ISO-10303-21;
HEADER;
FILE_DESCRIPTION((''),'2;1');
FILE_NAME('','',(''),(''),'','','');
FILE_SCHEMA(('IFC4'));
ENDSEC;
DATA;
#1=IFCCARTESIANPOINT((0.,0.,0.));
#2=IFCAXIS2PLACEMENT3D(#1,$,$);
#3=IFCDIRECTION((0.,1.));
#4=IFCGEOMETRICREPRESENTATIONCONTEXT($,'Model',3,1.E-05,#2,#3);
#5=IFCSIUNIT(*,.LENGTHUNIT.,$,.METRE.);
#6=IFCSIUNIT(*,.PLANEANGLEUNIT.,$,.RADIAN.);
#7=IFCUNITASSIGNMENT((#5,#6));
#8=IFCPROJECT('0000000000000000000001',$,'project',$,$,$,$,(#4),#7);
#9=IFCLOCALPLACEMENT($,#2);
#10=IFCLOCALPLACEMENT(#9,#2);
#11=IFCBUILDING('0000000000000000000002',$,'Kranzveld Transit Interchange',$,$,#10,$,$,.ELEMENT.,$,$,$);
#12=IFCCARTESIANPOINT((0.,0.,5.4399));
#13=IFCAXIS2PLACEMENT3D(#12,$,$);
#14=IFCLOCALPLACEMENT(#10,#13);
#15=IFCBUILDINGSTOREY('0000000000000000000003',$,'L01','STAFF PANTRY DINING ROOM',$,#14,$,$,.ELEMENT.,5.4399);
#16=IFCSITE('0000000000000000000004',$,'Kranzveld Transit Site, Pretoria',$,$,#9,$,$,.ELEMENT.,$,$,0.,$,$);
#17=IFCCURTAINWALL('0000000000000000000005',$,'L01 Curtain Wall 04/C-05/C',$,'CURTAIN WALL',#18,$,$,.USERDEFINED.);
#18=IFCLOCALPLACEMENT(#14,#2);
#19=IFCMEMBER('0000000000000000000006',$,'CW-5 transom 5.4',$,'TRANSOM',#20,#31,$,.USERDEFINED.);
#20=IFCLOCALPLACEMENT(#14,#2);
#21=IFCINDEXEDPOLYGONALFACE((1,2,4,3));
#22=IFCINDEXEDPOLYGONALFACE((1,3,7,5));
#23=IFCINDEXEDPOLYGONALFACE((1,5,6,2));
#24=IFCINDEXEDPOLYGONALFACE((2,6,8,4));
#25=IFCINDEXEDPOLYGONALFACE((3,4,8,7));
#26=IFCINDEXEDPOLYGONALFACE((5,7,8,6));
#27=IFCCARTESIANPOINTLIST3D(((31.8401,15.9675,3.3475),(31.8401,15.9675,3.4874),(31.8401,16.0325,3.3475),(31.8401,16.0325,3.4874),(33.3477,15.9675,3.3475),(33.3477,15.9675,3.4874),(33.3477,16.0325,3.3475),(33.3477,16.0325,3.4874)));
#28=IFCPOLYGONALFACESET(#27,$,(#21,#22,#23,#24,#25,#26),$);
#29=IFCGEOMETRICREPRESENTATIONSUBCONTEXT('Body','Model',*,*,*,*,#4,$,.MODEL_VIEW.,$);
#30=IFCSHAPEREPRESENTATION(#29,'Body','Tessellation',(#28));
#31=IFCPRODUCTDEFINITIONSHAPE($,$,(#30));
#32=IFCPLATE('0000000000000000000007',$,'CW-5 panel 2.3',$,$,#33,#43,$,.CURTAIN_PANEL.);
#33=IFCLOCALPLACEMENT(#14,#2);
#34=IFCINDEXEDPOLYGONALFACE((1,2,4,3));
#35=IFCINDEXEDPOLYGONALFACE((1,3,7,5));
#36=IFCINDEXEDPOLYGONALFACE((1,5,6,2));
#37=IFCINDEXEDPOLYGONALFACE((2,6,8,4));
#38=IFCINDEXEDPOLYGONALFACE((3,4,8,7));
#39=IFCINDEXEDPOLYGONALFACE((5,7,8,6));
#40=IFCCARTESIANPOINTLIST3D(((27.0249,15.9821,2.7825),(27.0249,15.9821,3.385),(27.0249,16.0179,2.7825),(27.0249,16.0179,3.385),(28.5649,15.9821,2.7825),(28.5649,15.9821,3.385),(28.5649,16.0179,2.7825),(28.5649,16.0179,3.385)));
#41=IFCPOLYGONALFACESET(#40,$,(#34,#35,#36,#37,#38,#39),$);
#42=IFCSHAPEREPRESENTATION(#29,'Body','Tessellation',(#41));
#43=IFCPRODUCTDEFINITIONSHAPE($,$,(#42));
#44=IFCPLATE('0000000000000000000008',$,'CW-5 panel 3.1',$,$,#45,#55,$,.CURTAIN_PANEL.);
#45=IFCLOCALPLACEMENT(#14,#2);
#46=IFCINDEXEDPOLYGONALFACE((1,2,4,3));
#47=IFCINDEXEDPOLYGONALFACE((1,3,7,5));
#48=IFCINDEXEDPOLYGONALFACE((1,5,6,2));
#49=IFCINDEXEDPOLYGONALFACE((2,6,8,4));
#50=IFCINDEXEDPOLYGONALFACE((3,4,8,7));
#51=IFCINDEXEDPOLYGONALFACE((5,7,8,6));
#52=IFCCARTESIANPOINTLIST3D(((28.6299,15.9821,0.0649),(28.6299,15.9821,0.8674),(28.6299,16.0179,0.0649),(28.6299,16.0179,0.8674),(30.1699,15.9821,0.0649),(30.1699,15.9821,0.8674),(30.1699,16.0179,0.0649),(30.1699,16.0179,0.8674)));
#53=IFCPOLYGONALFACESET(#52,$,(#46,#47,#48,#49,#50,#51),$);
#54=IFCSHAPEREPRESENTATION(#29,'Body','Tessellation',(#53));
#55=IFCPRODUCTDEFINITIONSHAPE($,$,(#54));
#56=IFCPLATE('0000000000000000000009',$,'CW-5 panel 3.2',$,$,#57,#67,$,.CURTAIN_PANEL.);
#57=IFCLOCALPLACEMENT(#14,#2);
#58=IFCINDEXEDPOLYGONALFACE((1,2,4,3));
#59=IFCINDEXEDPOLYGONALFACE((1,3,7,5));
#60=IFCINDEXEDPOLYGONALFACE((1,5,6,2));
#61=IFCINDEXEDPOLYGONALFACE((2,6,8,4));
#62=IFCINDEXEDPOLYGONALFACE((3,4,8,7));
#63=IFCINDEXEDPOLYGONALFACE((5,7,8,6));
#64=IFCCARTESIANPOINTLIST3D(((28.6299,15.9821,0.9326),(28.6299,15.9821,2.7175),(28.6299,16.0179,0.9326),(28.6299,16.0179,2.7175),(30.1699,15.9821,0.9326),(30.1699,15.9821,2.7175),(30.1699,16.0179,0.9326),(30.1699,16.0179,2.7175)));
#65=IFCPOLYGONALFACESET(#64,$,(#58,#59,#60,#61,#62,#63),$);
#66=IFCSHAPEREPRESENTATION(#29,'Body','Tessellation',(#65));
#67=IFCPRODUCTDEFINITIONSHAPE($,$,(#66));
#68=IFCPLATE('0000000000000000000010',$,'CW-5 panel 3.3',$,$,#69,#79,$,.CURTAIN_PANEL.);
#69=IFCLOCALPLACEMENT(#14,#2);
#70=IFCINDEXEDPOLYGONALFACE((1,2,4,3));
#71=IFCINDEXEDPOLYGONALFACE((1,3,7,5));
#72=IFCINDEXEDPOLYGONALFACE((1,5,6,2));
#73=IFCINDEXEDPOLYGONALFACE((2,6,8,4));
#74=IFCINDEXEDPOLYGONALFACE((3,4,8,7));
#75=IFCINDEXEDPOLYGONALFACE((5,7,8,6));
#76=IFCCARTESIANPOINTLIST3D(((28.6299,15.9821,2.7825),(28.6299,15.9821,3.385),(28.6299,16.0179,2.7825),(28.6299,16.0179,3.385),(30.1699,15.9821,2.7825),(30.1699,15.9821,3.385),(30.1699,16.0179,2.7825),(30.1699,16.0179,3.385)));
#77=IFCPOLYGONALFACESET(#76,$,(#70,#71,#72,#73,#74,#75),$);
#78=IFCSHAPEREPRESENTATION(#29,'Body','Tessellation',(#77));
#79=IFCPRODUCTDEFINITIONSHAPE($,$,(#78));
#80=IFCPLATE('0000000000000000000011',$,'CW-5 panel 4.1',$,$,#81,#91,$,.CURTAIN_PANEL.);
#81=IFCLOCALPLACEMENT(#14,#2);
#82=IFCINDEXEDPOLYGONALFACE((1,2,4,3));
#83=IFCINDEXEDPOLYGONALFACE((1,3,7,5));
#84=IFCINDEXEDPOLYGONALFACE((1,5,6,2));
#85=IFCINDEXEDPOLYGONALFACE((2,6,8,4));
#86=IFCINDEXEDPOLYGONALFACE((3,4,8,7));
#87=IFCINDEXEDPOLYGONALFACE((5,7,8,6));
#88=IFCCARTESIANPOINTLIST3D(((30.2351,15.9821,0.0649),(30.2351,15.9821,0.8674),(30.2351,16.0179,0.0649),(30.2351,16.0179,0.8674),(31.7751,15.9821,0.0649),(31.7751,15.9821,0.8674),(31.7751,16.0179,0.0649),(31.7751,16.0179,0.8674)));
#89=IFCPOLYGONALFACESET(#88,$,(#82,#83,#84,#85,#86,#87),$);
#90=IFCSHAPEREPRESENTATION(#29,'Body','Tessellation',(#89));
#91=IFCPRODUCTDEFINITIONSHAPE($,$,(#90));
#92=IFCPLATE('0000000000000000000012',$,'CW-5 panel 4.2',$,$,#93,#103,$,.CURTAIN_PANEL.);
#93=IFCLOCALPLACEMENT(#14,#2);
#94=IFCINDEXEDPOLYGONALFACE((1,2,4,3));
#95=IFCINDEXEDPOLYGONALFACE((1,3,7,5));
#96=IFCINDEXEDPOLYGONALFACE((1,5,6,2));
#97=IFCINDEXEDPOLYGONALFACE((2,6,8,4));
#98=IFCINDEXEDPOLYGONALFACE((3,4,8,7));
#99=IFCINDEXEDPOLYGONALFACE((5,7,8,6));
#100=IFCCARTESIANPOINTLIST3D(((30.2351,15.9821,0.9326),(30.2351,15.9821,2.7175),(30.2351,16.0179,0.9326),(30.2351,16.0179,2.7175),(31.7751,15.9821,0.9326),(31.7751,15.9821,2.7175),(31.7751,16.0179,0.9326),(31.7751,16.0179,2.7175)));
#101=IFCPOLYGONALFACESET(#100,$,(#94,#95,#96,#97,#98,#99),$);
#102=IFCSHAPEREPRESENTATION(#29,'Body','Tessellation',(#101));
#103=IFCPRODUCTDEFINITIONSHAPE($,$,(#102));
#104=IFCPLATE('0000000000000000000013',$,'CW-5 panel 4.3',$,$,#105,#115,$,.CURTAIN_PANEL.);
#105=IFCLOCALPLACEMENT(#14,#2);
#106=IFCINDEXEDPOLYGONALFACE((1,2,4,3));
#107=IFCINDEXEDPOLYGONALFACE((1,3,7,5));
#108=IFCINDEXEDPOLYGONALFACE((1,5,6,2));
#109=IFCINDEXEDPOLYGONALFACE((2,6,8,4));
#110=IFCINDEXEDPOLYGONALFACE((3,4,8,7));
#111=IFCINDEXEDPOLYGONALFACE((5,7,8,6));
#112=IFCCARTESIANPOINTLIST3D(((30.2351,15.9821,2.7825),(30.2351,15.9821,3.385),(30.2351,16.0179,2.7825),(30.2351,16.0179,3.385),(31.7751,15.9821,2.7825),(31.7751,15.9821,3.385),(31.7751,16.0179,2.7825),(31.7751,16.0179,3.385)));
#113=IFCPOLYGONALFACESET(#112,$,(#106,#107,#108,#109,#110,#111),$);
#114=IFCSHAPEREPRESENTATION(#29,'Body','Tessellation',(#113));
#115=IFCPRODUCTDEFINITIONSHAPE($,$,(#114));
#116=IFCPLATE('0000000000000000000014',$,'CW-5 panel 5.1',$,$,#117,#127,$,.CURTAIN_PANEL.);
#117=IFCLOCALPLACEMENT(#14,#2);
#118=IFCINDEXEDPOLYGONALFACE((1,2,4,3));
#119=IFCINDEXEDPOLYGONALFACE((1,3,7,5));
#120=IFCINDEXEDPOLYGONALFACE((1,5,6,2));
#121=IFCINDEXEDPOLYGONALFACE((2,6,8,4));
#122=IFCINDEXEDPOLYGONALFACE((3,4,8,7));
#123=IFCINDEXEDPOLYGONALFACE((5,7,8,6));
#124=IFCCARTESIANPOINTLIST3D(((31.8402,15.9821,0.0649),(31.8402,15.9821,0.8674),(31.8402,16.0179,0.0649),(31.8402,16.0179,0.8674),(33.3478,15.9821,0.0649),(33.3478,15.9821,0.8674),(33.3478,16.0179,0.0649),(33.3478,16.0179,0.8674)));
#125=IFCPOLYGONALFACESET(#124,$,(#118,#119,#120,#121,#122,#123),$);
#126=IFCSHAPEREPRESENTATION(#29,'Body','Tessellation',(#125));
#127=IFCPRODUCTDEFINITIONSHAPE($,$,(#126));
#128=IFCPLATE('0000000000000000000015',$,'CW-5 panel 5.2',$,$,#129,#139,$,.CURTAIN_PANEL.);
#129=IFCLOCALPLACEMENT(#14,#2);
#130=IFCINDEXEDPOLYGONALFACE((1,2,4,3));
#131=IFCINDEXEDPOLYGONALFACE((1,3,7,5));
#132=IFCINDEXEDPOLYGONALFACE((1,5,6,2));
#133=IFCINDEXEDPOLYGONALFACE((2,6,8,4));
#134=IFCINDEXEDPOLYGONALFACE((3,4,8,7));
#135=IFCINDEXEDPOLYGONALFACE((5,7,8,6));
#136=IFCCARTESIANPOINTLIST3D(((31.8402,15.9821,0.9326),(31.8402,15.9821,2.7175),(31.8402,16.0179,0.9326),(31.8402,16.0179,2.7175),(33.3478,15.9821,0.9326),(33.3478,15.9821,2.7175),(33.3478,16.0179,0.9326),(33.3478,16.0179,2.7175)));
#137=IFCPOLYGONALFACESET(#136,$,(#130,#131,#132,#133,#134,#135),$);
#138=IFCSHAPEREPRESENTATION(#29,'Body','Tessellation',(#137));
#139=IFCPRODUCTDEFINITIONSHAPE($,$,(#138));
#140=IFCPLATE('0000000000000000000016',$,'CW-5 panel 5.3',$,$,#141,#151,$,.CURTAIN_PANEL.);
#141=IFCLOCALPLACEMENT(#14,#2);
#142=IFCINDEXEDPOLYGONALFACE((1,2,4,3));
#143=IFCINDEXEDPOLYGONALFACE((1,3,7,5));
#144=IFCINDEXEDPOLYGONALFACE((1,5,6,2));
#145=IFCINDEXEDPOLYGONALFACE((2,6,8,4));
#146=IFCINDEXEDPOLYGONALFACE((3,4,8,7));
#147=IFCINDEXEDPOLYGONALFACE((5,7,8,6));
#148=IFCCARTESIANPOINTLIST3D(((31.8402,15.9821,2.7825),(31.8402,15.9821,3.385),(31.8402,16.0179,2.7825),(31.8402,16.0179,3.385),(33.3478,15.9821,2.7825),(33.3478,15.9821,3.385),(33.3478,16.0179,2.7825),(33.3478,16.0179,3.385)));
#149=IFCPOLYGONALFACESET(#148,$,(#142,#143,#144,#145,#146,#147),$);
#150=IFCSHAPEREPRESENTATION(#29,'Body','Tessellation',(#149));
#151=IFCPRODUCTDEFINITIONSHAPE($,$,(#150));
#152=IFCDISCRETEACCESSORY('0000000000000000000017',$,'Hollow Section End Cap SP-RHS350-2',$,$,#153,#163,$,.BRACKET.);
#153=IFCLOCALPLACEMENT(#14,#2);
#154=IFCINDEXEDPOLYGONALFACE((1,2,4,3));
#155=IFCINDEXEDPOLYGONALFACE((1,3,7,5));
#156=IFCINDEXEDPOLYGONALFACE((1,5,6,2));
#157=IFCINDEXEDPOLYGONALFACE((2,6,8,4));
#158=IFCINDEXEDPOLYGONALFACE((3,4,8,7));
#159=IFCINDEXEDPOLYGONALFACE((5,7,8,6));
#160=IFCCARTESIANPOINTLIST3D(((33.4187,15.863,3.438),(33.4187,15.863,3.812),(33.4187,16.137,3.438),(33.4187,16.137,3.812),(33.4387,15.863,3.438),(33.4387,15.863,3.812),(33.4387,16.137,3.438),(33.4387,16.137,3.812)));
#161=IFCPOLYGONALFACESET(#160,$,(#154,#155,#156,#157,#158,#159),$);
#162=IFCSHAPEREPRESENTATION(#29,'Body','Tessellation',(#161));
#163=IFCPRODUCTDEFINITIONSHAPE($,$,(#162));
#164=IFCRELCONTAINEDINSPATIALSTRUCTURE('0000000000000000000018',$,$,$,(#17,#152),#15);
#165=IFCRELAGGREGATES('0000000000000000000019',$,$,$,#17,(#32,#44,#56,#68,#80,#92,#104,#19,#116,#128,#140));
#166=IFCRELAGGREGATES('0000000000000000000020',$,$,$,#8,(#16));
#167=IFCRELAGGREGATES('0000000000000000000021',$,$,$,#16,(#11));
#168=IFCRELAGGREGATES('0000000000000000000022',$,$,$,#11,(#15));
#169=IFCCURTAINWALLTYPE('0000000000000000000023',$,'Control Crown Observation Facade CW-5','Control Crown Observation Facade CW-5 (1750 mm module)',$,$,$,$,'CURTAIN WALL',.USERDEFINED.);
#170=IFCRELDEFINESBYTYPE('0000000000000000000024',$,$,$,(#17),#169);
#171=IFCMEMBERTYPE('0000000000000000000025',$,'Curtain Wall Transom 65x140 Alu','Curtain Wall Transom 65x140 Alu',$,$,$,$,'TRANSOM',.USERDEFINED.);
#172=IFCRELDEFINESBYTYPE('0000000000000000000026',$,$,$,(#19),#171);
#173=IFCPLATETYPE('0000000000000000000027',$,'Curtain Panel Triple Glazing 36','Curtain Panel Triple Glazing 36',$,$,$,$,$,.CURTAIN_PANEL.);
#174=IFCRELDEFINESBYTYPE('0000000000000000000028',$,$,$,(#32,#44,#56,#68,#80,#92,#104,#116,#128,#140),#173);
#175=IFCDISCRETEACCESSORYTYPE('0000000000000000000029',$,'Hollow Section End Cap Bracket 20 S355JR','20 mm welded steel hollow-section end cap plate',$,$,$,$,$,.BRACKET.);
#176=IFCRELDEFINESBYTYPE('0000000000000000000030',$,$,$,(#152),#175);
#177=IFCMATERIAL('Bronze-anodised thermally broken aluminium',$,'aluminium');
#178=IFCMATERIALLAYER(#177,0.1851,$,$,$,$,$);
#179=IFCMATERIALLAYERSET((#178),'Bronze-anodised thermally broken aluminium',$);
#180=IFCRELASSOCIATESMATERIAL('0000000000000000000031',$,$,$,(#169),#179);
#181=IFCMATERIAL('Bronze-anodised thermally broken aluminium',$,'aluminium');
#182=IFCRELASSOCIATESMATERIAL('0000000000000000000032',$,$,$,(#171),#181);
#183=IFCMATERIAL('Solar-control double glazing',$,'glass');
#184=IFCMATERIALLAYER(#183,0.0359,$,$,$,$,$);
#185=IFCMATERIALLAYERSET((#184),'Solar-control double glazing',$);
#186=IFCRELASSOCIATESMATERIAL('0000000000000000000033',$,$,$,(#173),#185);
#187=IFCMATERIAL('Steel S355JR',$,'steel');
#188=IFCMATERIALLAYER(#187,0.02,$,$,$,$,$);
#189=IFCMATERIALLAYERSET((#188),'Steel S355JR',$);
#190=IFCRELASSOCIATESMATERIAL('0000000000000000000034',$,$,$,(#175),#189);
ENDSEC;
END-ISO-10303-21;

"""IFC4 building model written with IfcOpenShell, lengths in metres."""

from ifc_helpers import new_model, si_unit, direction, frame, origin, origin_2d, place, context, subcontext, project, spatial, rectangle, extrude, material, layer, layer_set, material_profile, profile_set, type_object, element, aggregate, save


model = new_model("IFC4")

# Units and contexts
model_context = context("Model", 3, precision=1e-05, world=origin(), true_north=direction((0.0, 1.0)))
body_context = subcontext(model_context, "Body", "Model", "MODEL_VIEW")
ifc_project = project(units=[si_unit("LENGTHUNIT", "METRE"), si_unit("PLANEANGLEUNIT", "RADIAN")], contexts=[model_context])

# Site, building, storey
site_placement = place(None, origin())
site = spatial("IfcSite", under=ifc_project, at=site_placement, Name="Kranzveld Transit Site, Pretoria", CompositionType="ELEMENT", RefElevation=0.0)
building_placement = place(site_placement, origin())
building = spatial("IfcBuilding", under=site, at=building_placement, Name="Kranzveld Transit Interchange", CompositionType="ELEMENT")
storey_placement = place(building_placement, frame((0.0, 0.0, 5.4399)))
storey = spatial("IfcBuildingStorey", under=building, at=storey_placement, Name="L01", Description="STAFF PANTRY DINING ROOM", CompositionType="ELEMENT", Elevation=5.4399)

# Curtain wall, member, plates
ifc_material_1 = material(Name="Bronze-anodised thermally broken aluminium", Category="aluminium")
ifc_layer_1 = layer(ifc_material_1, 0.1851)
ifc_layer_set_1 = layer_set([ifc_layer_1], Name="Bronze-anodised thermally broken aluminium")
curtain_wall_type = type_object("IfcCurtainWallType", Name="Control Crown Observation Facade CW-5", Description="Control Crown Observation Facade CW-5 (1750 mm module)", ElementType="CURTAIN WALL", PredefinedType="USERDEFINED", material=ifc_layer_set_1)
curtain_wall_placement = place(storey_placement, origin())
curtain_wall = element("IfcCurtainWall", 1, at=curtain_wall_placement, inside=storey, type_object=curtain_wall_type, Name="L01 Curtain Wall 04/C-05/C", ObjectType="CURTAIN WALL", PredefinedType="USERDEFINED")
ifc_material_2 = material(Name="Bronze-anodised thermally broken aluminium", Category="aluminium")
ifc_material_profile_1 = material_profile(ifc_material_2, rectangle(XDim=0.0649, YDim=0.1399, at=origin_2d()), Name="ALU TRANSOM 65x140")
ifc_profile_set_1 = profile_set([ifc_material_profile_1], Name="Bronze-anodised thermally broken aluminium")
member_type_1 = type_object("IfcMemberType", Name="Curtain Wall Transom 65x140 Alu", Description="Curtain Wall Transom 65x140 Alu", ElementType="TRANSOM", PredefinedType="USERDEFINED", material=ifc_profile_set_1)
member_1_placement = place(storey_placement, frame((31.8401, 16.0, 3.4175), z_axis=(1.0, 0.0, 0.0), x_axis=(0.0, 1.0, 0.0)))
member_1 = element("IfcMember", 2, at=member_1_placement, type_object=member_type_1, Name="CW-5 transom 5.4", ObjectType="TRANSOM", PredefinedType="USERDEFINED", context=body_context, shape_type="SweptSolid", body=[
    extrude(rectangle(XDim=0.0649, YDim=0.1399, at=origin_2d()), origin(), (0.0, 0.0, 1.0), 1.5076),
])
ifc_material_3 = material(Name="Solar-control double glazing", Category="glass")
ifc_layer_2 = layer(ifc_material_3, 0.0359)
ifc_layer_set_2 = layer_set([ifc_layer_2], Name="Solar-control double glazing")
plate_type = type_object("IfcPlateType", Name="Curtain Panel Triple Glazing 36", Description="Curtain Panel Triple Glazing 36", PredefinedType="CURTAIN_PANEL", material=ifc_layer_set_2)
plate_1_placement = place(storey_placement, frame((27.7949, 16.0, 2.7825), z_axis=(0.0, 0.0, 1.0), x_axis=(1.0, 0.0, 0.0)))
plate_1 = element("IfcPlate", 3, at=plate_1_placement, type_object=plate_type, Name="CW-5 panel 2.3", PredefinedType="CURTAIN_PANEL", context=body_context, shape_type="SweptSolid", body=[
    extrude(rectangle(XDim=1.54, YDim=0.0359, at=origin_2d()), origin(), (0.0, 0.0, 1.0), 0.6025),
])
plate_2_placement = place(storey_placement, frame((29.3999, 16.0, 0.0649), z_axis=(0.0, 0.0, 1.0), x_axis=(1.0, 0.0, 0.0)))
plate_2 = element("IfcPlate", 4, at=plate_2_placement, type_object=plate_type, Name="CW-5 panel 3.1", PredefinedType="CURTAIN_PANEL", context=body_context, shape_type="SweptSolid", body=[
    extrude(rectangle(XDim=1.54, YDim=0.0359, at=origin_2d()), origin(), (0.0, 0.0, 1.0), 0.8025),
])
plate_3_placement = place(storey_placement, frame((29.3999, 16.0, 0.9326), z_axis=(0.0, 0.0, 1.0), x_axis=(1.0, 0.0, 0.0)))
plate_3 = element("IfcPlate", 5, at=plate_3_placement, type_object=plate_type, Name="CW-5 panel 3.2", PredefinedType="CURTAIN_PANEL", context=body_context, shape_type="SweptSolid", body=[
    extrude(rectangle(XDim=1.54, YDim=0.0359, at=origin_2d()), origin(), (0.0, 0.0, 1.0), 1.7849),
])
plate_4_placement = place(storey_placement, frame((29.3999, 16.0, 2.7825), z_axis=(0.0, 0.0, 1.0), x_axis=(1.0, 0.0, 0.0)))
plate_4 = element("IfcPlate", 6, at=plate_4_placement, type_object=plate_type, Name="CW-5 panel 3.3", PredefinedType="CURTAIN_PANEL", context=body_context, shape_type="SweptSolid", body=[
    extrude(rectangle(XDim=1.54, YDim=0.0359, at=origin_2d()), origin(), (0.0, 0.0, 1.0), 0.6025),
])
plate_5_placement = place(storey_placement, frame((31.0051, 16.0, 0.0649), z_axis=(0.0, 0.0, 1.0), x_axis=(1.0, 0.0, 0.0)))
plate_5 = element("IfcPlate", 7, at=plate_5_placement, type_object=plate_type, Name="CW-5 panel 4.1", PredefinedType="CURTAIN_PANEL", context=body_context, shape_type="SweptSolid", body=[
    extrude(rectangle(XDim=1.54, YDim=0.0359, at=origin_2d()), origin(), (0.0, 0.0, 1.0), 0.8025),
])
plate_6_placement = place(storey_placement, frame((31.0051, 16.0, 0.9326), z_axis=(0.0, 0.0, 1.0), x_axis=(1.0, 0.0, 0.0)))
plate_6 = element("IfcPlate", 8, at=plate_6_placement, type_object=plate_type, Name="CW-5 panel 4.2", PredefinedType="CURTAIN_PANEL", context=body_context, shape_type="SweptSolid", body=[
    extrude(rectangle(XDim=1.54, YDim=0.0359, at=origin_2d()), origin(), (0.0, 0.0, 1.0), 1.7849),
])
plate_7_placement = place(storey_placement, frame((31.0051, 16.0, 2.7825), z_axis=(0.0, 0.0, 1.0), x_axis=(1.0, 0.0, 0.0)))
plate_7 = element("IfcPlate", 9, at=plate_7_placement, type_object=plate_type, Name="CW-5 panel 4.3", PredefinedType="CURTAIN_PANEL", context=body_context, shape_type="SweptSolid", body=[
    extrude(rectangle(XDim=1.54, YDim=0.0359, at=origin_2d()), origin(), (0.0, 0.0, 1.0), 0.6025),
])
plate_8_placement = place(storey_placement, frame((32.594, 16.0, 0.0649), z_axis=(0.0, 0.0, 1.0), x_axis=(1.0, 0.0, 0.0)))
plate_8 = element("IfcPlate", 10, at=plate_8_placement, type_object=plate_type, Name="CW-5 panel 5.1", PredefinedType="CURTAIN_PANEL", context=body_context, shape_type="SweptSolid", body=[
    extrude(rectangle(XDim=1.5076, YDim=0.0359, at=origin_2d()), origin(), (0.0, 0.0, 1.0), 0.8025),
])
plate_9_placement = place(storey_placement, frame((32.594, 16.0, 0.9326), z_axis=(0.0, 0.0, 1.0), x_axis=(1.0, 0.0, 0.0)))
plate_9 = element("IfcPlate", 11, at=plate_9_placement, type_object=plate_type, Name="CW-5 panel 5.2", PredefinedType="CURTAIN_PANEL", context=body_context, shape_type="SweptSolid", body=[
    extrude(rectangle(XDim=1.5076, YDim=0.0359, at=origin_2d()), origin(), (0.0, 0.0, 1.0), 1.7849),
])
plate_10_placement = place(storey_placement, frame((32.594, 16.0, 2.7825), z_axis=(0.0, 0.0, 1.0), x_axis=(1.0, 0.0, 0.0)))
plate_10 = element("IfcPlate", 12, at=plate_10_placement, type_object=plate_type, Name="CW-5 panel 5.3", PredefinedType="CURTAIN_PANEL", context=body_context, shape_type="SweptSolid", body=[
    extrude(rectangle(XDim=1.5076, YDim=0.0359, at=origin_2d()), origin(), (0.0, 0.0, 1.0), 0.6025),
])
aggregate(curtain_wall, [plate_1, plate_2, plate_3, plate_4, plate_5, plate_6, plate_7, member_1, plate_8, plate_9, plate_10])

# Discrete accessory
ifc_material_4 = material(Name="Steel S355JR", Category="steel")
ifc_layer_3 = layer(ifc_material_4, 0.02)
ifc_layer_set_3 = layer_set([ifc_layer_3], Name="Steel S355JR")
discrete_accessory_type = type_object("IfcDiscreteAccessoryType", Name="Hollow Section End Cap Bracket 20 S355JR", Description="20 mm welded steel hollow-section end cap plate", PredefinedType="BRACKET", material=ifc_layer_set_3)
discrete_accessory_placement = place(storey_placement, frame((33.4187, 16.0, 3.625), z_axis=(1.0, 0.0, 0.0), x_axis=(0.0, 1.0, 0.0)))
element("IfcDiscreteAccessory", 13, at=discrete_accessory_placement, inside=storey, type_object=discrete_accessory_type, Name="Hollow Section End Cap SP-RHS350-2", PredefinedType="BRACKET", context=body_context, shape_type="SweptSolid", body=[
    extrude(rectangle(XDim=0.2739, YDim=0.374, at=origin_2d()), origin(), (0.0, 0.0, 1.0), 0.02),
])

save(model, "model.ifc")
